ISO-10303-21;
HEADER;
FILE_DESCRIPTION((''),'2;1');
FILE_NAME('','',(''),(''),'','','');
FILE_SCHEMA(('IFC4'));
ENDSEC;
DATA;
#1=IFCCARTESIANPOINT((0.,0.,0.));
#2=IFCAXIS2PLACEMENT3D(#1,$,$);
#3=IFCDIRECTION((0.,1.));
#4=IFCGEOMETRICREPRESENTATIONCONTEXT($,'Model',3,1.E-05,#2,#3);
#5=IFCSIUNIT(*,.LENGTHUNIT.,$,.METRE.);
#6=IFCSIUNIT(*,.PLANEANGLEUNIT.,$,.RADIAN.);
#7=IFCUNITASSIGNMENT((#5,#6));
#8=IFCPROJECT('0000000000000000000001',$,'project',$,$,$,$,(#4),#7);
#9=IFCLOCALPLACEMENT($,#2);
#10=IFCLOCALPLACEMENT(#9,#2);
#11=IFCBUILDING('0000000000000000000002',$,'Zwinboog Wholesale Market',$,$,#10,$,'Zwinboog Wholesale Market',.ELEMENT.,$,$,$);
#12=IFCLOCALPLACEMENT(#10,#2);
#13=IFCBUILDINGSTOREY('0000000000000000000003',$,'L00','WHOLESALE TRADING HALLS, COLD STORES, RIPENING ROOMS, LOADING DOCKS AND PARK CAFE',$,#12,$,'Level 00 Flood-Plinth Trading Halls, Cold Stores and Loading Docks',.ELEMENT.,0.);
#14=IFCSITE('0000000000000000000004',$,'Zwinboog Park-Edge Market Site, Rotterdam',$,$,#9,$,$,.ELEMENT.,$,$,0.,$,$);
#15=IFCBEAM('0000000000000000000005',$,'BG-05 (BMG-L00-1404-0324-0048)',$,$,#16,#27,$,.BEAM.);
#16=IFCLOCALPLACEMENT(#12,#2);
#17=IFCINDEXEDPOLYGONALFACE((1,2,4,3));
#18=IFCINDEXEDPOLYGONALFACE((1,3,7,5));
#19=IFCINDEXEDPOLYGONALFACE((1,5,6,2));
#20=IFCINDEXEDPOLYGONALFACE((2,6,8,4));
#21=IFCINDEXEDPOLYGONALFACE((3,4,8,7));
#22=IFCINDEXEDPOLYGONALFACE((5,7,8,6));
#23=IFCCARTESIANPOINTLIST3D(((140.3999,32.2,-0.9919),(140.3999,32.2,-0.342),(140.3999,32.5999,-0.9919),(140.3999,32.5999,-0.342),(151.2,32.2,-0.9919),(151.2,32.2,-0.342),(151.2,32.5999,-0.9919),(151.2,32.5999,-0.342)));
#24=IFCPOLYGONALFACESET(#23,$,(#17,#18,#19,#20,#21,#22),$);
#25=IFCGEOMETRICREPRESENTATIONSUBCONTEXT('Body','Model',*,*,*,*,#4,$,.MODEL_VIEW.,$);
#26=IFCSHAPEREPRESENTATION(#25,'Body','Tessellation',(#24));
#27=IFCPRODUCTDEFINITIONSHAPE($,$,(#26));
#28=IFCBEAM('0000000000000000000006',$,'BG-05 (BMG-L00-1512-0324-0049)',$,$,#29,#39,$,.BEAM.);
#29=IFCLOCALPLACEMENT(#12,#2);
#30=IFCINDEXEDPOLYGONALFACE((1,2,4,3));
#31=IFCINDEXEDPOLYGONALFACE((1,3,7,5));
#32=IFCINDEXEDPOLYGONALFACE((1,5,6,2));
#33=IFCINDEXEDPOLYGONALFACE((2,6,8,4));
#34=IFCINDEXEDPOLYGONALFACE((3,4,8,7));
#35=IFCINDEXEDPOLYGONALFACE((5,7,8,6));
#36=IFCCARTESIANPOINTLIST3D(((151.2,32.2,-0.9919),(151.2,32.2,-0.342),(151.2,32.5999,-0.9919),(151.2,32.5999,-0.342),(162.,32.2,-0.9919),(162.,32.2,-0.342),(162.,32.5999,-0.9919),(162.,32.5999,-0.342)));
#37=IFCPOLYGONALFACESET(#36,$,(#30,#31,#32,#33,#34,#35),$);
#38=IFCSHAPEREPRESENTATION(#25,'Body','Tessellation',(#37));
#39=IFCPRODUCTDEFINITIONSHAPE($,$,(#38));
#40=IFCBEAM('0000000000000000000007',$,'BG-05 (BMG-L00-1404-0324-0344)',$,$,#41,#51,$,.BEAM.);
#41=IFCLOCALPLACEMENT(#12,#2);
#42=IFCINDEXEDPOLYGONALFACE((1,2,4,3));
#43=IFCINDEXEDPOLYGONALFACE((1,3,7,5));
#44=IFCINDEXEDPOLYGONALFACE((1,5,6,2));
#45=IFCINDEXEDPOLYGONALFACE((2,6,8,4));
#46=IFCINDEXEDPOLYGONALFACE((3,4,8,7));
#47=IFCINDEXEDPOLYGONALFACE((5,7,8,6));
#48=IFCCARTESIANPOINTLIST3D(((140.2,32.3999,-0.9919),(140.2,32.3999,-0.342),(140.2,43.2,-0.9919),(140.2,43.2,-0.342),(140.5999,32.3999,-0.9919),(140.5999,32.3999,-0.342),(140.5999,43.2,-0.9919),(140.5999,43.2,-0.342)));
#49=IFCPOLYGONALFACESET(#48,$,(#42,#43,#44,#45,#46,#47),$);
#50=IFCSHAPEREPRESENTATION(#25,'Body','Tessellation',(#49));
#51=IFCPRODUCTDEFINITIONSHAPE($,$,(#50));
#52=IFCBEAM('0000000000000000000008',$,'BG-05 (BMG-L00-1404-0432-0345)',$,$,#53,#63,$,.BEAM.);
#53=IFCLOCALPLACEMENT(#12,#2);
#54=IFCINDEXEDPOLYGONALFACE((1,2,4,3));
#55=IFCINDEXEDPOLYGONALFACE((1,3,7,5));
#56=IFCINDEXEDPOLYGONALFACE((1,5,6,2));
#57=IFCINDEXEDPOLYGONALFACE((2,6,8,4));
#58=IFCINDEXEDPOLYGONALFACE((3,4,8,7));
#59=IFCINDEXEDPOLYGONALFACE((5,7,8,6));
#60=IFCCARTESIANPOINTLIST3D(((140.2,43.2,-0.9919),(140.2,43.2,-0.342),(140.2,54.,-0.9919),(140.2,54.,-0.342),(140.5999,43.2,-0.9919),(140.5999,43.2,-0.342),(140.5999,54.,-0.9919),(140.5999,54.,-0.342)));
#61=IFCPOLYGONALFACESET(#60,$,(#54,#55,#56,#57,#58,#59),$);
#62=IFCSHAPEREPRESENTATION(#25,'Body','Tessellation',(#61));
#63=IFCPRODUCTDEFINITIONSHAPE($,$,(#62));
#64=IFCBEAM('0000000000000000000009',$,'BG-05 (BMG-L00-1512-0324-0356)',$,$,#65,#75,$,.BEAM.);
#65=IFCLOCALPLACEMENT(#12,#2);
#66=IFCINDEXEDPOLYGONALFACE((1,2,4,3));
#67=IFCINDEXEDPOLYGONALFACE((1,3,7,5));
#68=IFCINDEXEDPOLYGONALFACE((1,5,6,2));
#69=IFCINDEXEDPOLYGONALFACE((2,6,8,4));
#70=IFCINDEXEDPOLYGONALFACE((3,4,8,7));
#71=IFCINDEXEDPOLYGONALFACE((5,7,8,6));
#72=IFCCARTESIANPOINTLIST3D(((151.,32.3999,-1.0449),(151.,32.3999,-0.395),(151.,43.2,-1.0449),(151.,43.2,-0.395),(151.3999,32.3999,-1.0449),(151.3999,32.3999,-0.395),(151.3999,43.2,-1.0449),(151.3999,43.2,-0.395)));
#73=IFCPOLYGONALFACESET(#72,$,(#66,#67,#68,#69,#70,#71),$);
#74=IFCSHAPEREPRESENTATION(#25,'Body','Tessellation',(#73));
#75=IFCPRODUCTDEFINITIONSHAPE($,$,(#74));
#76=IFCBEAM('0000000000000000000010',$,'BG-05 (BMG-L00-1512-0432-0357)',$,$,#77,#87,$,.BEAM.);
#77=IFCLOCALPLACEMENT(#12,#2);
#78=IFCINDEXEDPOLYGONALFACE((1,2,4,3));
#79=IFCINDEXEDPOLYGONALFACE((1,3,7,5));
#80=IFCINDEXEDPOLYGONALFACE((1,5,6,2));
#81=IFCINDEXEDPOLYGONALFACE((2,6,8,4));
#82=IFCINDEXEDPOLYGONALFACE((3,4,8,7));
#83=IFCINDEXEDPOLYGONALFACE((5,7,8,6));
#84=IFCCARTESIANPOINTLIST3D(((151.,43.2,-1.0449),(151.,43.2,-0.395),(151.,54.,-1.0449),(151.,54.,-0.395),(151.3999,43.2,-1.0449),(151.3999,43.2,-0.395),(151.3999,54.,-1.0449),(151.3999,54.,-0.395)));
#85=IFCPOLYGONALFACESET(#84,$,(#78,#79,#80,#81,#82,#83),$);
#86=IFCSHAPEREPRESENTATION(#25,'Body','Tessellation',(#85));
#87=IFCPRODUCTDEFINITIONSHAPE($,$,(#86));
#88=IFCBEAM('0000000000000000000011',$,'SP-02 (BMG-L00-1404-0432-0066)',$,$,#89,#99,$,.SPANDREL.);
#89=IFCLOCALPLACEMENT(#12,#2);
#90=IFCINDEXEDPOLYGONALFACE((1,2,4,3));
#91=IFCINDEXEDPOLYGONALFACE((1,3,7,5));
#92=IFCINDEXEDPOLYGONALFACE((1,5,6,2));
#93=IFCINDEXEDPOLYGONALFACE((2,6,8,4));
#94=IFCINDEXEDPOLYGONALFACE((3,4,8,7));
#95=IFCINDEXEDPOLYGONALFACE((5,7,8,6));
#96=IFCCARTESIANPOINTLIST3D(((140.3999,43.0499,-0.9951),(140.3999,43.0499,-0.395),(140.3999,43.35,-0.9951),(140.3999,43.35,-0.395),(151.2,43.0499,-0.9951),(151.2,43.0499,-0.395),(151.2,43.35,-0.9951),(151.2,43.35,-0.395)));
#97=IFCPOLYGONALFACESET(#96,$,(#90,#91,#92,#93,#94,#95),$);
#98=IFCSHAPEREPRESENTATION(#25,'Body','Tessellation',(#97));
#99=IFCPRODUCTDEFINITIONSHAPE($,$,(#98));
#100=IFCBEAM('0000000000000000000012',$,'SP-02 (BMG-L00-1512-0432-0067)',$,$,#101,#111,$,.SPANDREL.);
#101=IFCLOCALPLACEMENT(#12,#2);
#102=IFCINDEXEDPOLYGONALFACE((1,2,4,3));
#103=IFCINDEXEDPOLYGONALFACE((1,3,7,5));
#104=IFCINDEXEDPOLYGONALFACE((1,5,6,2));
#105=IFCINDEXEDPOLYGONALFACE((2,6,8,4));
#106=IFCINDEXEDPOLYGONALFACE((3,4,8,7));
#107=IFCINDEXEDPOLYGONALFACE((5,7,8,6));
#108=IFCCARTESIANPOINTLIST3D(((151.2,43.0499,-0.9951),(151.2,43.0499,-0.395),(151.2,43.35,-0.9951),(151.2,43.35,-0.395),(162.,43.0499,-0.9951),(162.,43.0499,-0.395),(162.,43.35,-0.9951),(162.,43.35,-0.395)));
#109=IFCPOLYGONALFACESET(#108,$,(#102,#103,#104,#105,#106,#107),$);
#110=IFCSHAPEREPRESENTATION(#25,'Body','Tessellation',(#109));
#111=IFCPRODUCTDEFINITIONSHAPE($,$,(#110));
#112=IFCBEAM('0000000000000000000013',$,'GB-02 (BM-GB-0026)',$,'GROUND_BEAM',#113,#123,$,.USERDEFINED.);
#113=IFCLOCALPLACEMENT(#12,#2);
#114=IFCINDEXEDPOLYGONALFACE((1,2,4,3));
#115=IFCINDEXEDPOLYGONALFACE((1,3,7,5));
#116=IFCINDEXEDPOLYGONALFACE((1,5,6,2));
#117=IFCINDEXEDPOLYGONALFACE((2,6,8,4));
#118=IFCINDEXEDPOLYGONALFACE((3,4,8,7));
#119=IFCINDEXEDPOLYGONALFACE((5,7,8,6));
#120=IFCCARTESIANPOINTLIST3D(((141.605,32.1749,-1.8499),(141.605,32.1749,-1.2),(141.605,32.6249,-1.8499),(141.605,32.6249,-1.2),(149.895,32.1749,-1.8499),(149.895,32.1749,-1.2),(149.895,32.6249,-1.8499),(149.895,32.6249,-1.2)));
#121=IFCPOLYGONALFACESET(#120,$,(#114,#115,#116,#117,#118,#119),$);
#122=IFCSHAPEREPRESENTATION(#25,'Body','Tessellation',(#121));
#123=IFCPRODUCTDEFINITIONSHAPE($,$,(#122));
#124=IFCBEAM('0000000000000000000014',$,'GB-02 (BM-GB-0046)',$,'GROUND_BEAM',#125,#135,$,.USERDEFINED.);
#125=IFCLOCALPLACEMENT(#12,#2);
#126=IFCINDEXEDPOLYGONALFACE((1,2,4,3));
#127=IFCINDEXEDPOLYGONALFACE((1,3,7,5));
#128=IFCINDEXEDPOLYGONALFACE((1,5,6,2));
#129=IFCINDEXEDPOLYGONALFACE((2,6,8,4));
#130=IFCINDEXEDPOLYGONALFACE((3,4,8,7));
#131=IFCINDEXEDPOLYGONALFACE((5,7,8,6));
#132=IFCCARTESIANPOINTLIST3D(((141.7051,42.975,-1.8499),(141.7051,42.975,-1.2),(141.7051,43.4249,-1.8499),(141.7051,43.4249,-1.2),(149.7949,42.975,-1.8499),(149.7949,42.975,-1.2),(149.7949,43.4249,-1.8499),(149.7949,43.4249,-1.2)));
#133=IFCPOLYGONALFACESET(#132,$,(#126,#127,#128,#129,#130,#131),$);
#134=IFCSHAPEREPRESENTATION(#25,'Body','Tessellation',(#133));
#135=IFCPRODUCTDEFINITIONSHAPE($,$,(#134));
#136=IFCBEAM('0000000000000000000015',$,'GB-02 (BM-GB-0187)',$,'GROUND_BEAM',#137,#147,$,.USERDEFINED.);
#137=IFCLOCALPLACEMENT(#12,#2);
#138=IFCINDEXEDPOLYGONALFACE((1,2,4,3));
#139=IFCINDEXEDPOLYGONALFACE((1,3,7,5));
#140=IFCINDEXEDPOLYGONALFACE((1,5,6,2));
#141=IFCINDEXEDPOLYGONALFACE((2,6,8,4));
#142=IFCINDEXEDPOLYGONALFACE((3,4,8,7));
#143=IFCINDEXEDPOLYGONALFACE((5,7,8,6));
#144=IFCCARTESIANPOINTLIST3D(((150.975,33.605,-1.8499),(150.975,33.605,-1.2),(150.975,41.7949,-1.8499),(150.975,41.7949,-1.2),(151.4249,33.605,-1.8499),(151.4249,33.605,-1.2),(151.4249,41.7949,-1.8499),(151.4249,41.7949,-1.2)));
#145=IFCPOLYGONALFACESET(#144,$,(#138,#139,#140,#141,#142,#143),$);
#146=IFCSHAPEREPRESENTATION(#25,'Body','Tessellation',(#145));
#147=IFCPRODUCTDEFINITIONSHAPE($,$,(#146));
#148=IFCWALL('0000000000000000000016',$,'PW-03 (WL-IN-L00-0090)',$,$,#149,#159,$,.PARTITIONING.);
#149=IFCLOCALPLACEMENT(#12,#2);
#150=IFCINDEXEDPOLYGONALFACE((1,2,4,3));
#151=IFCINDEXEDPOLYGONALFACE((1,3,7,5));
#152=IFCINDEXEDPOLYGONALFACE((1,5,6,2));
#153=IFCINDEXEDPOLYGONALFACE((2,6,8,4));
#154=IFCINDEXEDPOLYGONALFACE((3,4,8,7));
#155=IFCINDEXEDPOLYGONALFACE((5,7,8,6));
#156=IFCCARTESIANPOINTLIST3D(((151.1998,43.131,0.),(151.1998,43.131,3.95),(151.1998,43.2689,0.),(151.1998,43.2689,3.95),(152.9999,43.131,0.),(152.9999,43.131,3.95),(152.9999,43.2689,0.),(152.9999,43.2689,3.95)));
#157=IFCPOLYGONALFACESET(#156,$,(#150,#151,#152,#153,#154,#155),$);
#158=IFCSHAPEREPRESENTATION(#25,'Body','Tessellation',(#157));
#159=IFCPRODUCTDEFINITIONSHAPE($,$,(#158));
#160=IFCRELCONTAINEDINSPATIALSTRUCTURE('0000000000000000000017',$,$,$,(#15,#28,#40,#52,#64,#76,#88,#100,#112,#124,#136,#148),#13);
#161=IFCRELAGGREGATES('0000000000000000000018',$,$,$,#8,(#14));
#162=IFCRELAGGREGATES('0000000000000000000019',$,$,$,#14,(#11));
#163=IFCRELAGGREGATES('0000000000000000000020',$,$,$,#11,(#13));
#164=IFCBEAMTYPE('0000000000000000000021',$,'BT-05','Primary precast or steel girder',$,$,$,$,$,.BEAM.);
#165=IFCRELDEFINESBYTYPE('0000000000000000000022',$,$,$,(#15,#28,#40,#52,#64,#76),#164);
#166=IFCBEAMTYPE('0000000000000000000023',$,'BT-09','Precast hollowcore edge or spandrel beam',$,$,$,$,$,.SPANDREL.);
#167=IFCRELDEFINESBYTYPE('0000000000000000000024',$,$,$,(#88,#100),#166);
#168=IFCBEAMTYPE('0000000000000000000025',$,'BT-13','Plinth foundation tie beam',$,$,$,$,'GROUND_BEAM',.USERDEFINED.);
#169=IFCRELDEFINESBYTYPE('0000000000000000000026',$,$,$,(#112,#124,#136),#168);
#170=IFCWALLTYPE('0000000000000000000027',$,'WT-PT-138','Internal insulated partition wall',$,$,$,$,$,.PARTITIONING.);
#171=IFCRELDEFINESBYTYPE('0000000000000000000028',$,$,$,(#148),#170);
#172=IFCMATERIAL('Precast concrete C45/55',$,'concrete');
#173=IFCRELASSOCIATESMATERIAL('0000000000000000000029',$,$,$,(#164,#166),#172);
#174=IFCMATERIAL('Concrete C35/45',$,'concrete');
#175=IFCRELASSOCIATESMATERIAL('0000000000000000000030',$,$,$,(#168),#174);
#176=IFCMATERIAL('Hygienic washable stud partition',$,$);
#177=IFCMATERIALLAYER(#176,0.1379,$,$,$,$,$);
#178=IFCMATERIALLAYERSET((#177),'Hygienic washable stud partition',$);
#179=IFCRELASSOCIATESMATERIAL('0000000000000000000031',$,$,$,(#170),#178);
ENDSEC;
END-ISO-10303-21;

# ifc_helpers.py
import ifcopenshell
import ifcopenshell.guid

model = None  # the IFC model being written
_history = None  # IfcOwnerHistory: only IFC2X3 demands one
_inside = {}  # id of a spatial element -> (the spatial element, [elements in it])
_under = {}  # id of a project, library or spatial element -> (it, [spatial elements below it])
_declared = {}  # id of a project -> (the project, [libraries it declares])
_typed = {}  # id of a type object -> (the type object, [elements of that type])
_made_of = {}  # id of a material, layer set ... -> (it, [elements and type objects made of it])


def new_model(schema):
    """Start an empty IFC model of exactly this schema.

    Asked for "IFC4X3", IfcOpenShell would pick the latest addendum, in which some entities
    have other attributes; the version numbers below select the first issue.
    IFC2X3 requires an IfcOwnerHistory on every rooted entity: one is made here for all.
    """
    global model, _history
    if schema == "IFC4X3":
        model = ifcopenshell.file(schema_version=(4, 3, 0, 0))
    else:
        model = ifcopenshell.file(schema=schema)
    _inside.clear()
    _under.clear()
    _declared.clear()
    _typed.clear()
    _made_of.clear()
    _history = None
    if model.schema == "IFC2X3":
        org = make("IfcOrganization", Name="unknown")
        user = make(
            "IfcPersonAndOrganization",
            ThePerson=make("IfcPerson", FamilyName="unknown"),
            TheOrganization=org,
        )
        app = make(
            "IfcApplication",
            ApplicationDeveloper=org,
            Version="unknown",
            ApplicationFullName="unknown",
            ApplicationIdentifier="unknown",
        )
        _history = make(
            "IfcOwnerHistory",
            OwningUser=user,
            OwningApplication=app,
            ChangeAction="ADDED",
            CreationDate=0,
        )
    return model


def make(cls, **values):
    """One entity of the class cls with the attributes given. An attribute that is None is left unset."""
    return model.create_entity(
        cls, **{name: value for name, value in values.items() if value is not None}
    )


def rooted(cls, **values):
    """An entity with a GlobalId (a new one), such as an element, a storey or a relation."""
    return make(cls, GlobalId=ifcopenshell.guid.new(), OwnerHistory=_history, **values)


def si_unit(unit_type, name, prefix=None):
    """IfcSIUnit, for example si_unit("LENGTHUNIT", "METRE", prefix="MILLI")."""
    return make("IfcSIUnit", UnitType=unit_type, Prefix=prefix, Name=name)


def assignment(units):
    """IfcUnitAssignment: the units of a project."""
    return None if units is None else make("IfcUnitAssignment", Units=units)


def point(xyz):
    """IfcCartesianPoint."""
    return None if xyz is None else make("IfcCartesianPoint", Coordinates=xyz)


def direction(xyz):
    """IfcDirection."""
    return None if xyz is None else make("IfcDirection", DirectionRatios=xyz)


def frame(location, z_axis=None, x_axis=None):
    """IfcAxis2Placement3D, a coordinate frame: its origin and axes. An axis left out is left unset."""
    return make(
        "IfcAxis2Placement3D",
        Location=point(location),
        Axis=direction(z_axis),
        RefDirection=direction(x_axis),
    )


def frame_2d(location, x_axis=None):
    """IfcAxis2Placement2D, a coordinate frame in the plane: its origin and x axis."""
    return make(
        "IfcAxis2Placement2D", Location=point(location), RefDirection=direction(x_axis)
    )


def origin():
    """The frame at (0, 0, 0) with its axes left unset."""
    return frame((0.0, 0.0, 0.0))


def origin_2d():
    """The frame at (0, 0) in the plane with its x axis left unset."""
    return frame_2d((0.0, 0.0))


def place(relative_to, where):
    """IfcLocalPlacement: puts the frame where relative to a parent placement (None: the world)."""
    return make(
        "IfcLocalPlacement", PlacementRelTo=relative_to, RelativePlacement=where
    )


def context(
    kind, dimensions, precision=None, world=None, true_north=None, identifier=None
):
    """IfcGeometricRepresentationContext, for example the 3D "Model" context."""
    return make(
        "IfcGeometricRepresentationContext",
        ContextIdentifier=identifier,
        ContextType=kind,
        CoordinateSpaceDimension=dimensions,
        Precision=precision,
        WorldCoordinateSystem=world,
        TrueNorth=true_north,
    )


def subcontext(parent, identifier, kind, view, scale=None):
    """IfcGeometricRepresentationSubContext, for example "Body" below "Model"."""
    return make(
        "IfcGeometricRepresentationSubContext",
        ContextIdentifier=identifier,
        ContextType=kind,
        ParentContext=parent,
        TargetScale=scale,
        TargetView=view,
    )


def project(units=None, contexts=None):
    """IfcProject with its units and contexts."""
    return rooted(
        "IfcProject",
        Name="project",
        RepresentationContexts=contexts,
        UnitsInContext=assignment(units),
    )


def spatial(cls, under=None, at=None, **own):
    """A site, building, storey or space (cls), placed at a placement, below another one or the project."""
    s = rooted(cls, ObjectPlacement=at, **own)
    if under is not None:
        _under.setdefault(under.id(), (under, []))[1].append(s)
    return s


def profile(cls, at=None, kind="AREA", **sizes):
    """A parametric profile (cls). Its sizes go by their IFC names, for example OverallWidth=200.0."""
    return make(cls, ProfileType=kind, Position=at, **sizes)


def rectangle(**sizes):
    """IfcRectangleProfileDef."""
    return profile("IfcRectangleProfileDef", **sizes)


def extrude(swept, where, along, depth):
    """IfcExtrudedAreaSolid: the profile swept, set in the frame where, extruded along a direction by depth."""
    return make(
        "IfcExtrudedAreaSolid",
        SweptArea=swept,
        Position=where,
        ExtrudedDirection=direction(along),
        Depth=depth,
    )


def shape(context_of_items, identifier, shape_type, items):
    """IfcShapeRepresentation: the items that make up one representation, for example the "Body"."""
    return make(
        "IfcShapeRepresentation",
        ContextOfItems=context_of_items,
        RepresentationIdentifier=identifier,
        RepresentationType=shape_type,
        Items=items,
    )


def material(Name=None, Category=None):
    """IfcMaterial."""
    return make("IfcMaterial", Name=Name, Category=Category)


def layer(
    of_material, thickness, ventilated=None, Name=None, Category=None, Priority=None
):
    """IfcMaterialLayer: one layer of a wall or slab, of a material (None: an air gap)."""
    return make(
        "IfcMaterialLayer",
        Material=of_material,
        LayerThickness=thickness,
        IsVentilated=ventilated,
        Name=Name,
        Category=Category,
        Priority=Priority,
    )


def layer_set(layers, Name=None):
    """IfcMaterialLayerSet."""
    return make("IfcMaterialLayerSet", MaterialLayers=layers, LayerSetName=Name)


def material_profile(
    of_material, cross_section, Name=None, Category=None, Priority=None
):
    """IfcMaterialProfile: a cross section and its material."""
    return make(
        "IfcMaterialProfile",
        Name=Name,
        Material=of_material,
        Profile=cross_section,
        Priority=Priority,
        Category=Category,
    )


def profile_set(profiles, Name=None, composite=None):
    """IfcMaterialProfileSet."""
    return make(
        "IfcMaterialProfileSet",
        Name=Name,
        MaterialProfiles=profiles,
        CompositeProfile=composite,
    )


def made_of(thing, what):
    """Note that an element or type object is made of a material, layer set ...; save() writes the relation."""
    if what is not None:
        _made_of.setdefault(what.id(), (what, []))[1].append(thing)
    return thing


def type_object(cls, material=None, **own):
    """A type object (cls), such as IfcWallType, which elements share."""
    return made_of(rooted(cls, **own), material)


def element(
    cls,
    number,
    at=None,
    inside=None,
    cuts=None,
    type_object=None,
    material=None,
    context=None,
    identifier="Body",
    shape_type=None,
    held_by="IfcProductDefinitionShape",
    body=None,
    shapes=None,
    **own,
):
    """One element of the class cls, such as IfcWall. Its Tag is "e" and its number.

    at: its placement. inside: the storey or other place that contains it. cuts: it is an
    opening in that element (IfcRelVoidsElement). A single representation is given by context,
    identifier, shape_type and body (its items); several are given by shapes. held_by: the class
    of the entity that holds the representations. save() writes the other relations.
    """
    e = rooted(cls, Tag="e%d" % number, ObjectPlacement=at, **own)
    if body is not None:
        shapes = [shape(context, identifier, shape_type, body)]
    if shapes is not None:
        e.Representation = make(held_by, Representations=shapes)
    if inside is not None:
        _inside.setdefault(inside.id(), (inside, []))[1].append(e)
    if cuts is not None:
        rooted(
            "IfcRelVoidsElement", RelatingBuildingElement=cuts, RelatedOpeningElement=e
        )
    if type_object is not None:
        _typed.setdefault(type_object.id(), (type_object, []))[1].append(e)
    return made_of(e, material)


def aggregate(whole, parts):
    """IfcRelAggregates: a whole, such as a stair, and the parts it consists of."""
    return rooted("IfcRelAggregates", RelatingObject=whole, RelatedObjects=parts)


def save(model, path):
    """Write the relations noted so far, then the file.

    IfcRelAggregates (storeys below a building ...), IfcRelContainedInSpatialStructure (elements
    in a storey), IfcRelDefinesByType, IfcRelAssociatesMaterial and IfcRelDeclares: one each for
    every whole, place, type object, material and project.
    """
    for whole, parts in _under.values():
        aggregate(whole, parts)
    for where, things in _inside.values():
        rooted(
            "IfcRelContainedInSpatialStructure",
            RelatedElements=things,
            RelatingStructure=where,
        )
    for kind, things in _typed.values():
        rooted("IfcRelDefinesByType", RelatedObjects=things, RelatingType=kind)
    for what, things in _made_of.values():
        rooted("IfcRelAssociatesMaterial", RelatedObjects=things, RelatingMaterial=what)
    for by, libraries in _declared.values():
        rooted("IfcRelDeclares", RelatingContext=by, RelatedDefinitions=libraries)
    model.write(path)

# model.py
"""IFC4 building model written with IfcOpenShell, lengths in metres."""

from ifc_helpers import new_model, si_unit, direction, frame, frame_2d, origin, origin_2d, place, context, subcontext, project, spatial, rectangle, extrude, material, layer, layer_set, material_profile, profile_set, type_object, element, save


model = new_model("IFC4")

# Units and contexts
model_context = context("Model", 3, precision=1e-05, world=origin(), true_north=direction((0.0, 1.0)))
body_context = subcontext(model_context, "Body", "Model", "MODEL_VIEW")
ifc_project = project(units=[si_unit("LENGTHUNIT", "METRE"), si_unit("PLANEANGLEUNIT", "RADIAN")], contexts=[model_context])

# Site, building, storey
site_placement = place(None, origin())
site = spatial("IfcSite", under=ifc_project, at=site_placement, Name="Zwinboog Park-Edge Market Site, Rotterdam", CompositionType="ELEMENT", RefElevation=0.0)
building_placement = place(site_placement, origin())
building = spatial("IfcBuilding", under=site, at=building_placement, Name="Zwinboog Wholesale Market", LongName="Zwinboog Wholesale Market", CompositionType="ELEMENT")
storey_placement = place(building_placement, origin())
storey = spatial("IfcBuildingStorey", under=building, at=storey_placement, Name="L00", Description="WHOLESALE TRADING HALLS, COLD STORES, RIPENING ROOMS, LOADING DOCKS AND PARK CAFE", LongName="Level 00 Flood-Plinth Trading Halls, Cold Stores and Loading Docks", CompositionType="ELEMENT", Elevation=0.0)

# Shared definitions
ifc_material_1 = material(Name="Concrete C35/45", Category="concrete")

# Shared definitions
ifc_material_2 = material(Name="Precast concrete C45/55", Category="concrete")

# Beams
ifc_material_profile_1 = material_profile(ifc_material_2, rectangle(XDim=0.3999, YDim=0.6499, at=origin_2d()), Name="PC 400x650")
ifc_profile_set_1 = profile_set([ifc_material_profile_1], Name="Precast concrete C45/55")
beam_type_1 = type_object("IfcBeamType", Name="BT-05", Description="Primary precast or steel girder", PredefinedType="BEAM", material=ifc_profile_set_1)
for number, where, z_axis, x_axis, name in (
    (1, (140.3999, 32.3999, -0.667), (1.0, 0.0, 0.0), (0.0, 1.0, 0.0), "BG-05 (BMG-L00-1404-0324-0048)"),
    (2, (151.2, 32.3999, -0.667), (1.0, 0.0, 0.0), (0.0, 1.0, 0.0), "BG-05 (BMG-L00-1512-0324-0049)"),
    (3, (140.3999, 32.3999, -0.667), (0.0, 1.0, 0.0), (-1.0, 0.0, 0.0), "BG-05 (BMG-L00-1404-0324-0344)"),
    (4, (140.3999, 43.2, -0.667), (0.0, 1.0, 0.0), (-1.0, 0.0, 0.0), "BG-05 (BMG-L00-1404-0432-0345)"),
    (5, (151.2, 32.3999, -0.72), (0.0, 1.0, 0.0), (-1.0, 0.0, 0.0), "BG-05 (BMG-L00-1512-0324-0356)"),
    (6, (151.2, 43.2, -0.72), (0.0, 1.0, 0.0), (-1.0, 0.0, 0.0), "BG-05 (BMG-L00-1512-0432-0357)"),
):
    element("IfcBeam", number, at=place(storey_placement, frame(where, z_axis=z_axis, x_axis=x_axis)), inside=storey, type_object=beam_type_1, Name=name, PredefinedType="BEAM", context=body_context, shape_type="SweptSolid", body=[
        extrude(rectangle(XDim=0.3999, YDim=0.6499, at=origin_2d()), origin(), (0.0, 0.0, 1.0), 10.8),
    ])
ifc_material_profile_2 = material_profile(ifc_material_2, rectangle(XDim=0.3, YDim=0.6001, at=origin_2d()), Name="PC 300x600")
ifc_profile_set_2 = profile_set([ifc_material_profile_2], Name="Precast concrete C45/55")
beam_type_2 = type_object("IfcBeamType", Name="BT-09", Description="Precast hollowcore edge or spandrel beam", PredefinedType="SPANDREL", material=ifc_profile_set_2)
for number, where, z_axis, x_axis, name in (
    (7, (140.3999, 43.2, -0.6951), (1.0, 0.0, 0.0), (0.0, 1.0, 0.0), "SP-02 (BMG-L00-1404-0432-0066)"),
    (8, (151.2, 43.2, -0.6951), (1.0, 0.0, 0.0), (0.0, 1.0, 0.0), "SP-02 (BMG-L00-1512-0432-0067)"),
):
    element("IfcBeam", number, at=place(storey_placement, frame(where, z_axis=z_axis, x_axis=x_axis)), inside=storey, type_object=beam_type_2, Name=name, PredefinedType="SPANDREL", context=body_context, shape_type="SweptSolid", body=[
        extrude(rectangle(XDim=0.3, YDim=0.6001, at=origin_2d()), origin(), (0.0, 0.0, 1.0), 10.8),
    ])
ifc_material_profile_3 = material_profile(ifc_material_1, rectangle(XDim=0.45, YDim=0.6499, at=origin_2d()), Name="RC 450x650")
ifc_profile_set_3 = profile_set([ifc_material_profile_3], Name="Concrete C35/45")
beam_type_3 = type_object("IfcBeamType", Name="BT-13", Description="Plinth foundation tie beam", ElementType="GROUND_BEAM", PredefinedType="USERDEFINED", material=ifc_profile_set_3)
beam_1_placement = place(storey_placement, frame((141.605, 32.3999, -1.5249), z_axis=(1.0, 0.0, 0.0), x_axis=(0.0, 1.0, 0.0)))
element("IfcBeam", 9, at=beam_1_placement, inside=storey, type_object=beam_type_3, Name="GB-02 (BM-GB-0026)", ObjectType="GROUND_BEAM", PredefinedType="USERDEFINED", context=body_context, shape_type="SweptSolid", body=[
    extrude(rectangle(XDim=0.45, YDim=0.6499, at=origin_2d()), origin(), (0.0, 0.0, 1.0), 8.29),
])
beam_2_placement = place(storey_placement, frame((141.7051, 43.2, -1.5249), z_axis=(1.0, 0.0, 0.0), x_axis=(0.0, 1.0, 0.0)))
element("IfcBeam", 10, at=beam_2_placement, inside=storey, type_object=beam_type_3, Name="GB-02 (BM-GB-0046)", ObjectType="GROUND_BEAM", PredefinedType="USERDEFINED", context=body_context, shape_type="SweptSolid", body=[
    extrude(rectangle(XDim=0.45, YDim=0.6499, at=origin_2d()), origin(), (0.0, 0.0, 1.0), 8.0898),
])
beam_3_placement = place(storey_placement, frame((151.2, 33.605, -1.5249), z_axis=(0.0, 1.0, 0.0), x_axis=(-1.0, 0.0, 0.0)))
element("IfcBeam", 11, at=beam_3_placement, inside=storey, type_object=beam_type_3, Name="GB-02 (BM-GB-0187)", ObjectType="GROUND_BEAM", PredefinedType="USERDEFINED", context=body_context, shape_type="SweptSolid", body=[
    extrude(rectangle(XDim=0.45, YDim=0.6499, at=origin_2d()), origin(), (0.0, 0.0, 1.0), 8.1899),
])

# Wall
ifc_material_3 = material(Name="Hygienic washable stud partition")
ifc_layer = layer(ifc_material_3, 0.1379)
ifc_layer_set = layer_set([ifc_layer], Name="Hygienic washable stud partition")
wall_type = type_object("IfcWallType", Name="WT-PT-138", Description="Internal insulated partition wall", PredefinedType="PARTITIONING", material=ifc_layer_set)
wall_placement = place(storey_placement, frame((151.2, 43.2, 0.0), z_axis=(0.0, 0.0, 1.0), x_axis=(1.0, 0.0, 0.0)))
element("IfcWall", 12, at=wall_placement, inside=storey, type_object=wall_type, Name="PW-03 (WL-IN-L00-0090)", PredefinedType="PARTITIONING", context=body_context, shape_type="SweptSolid", body=[
    extrude(rectangle(XDim=1.8, YDim=0.1379, at=frame_2d((0.8999, 0.0))), origin(), (0.0, 0.0, 1.0), 3.95),
])

save(model, "model.ifc")
